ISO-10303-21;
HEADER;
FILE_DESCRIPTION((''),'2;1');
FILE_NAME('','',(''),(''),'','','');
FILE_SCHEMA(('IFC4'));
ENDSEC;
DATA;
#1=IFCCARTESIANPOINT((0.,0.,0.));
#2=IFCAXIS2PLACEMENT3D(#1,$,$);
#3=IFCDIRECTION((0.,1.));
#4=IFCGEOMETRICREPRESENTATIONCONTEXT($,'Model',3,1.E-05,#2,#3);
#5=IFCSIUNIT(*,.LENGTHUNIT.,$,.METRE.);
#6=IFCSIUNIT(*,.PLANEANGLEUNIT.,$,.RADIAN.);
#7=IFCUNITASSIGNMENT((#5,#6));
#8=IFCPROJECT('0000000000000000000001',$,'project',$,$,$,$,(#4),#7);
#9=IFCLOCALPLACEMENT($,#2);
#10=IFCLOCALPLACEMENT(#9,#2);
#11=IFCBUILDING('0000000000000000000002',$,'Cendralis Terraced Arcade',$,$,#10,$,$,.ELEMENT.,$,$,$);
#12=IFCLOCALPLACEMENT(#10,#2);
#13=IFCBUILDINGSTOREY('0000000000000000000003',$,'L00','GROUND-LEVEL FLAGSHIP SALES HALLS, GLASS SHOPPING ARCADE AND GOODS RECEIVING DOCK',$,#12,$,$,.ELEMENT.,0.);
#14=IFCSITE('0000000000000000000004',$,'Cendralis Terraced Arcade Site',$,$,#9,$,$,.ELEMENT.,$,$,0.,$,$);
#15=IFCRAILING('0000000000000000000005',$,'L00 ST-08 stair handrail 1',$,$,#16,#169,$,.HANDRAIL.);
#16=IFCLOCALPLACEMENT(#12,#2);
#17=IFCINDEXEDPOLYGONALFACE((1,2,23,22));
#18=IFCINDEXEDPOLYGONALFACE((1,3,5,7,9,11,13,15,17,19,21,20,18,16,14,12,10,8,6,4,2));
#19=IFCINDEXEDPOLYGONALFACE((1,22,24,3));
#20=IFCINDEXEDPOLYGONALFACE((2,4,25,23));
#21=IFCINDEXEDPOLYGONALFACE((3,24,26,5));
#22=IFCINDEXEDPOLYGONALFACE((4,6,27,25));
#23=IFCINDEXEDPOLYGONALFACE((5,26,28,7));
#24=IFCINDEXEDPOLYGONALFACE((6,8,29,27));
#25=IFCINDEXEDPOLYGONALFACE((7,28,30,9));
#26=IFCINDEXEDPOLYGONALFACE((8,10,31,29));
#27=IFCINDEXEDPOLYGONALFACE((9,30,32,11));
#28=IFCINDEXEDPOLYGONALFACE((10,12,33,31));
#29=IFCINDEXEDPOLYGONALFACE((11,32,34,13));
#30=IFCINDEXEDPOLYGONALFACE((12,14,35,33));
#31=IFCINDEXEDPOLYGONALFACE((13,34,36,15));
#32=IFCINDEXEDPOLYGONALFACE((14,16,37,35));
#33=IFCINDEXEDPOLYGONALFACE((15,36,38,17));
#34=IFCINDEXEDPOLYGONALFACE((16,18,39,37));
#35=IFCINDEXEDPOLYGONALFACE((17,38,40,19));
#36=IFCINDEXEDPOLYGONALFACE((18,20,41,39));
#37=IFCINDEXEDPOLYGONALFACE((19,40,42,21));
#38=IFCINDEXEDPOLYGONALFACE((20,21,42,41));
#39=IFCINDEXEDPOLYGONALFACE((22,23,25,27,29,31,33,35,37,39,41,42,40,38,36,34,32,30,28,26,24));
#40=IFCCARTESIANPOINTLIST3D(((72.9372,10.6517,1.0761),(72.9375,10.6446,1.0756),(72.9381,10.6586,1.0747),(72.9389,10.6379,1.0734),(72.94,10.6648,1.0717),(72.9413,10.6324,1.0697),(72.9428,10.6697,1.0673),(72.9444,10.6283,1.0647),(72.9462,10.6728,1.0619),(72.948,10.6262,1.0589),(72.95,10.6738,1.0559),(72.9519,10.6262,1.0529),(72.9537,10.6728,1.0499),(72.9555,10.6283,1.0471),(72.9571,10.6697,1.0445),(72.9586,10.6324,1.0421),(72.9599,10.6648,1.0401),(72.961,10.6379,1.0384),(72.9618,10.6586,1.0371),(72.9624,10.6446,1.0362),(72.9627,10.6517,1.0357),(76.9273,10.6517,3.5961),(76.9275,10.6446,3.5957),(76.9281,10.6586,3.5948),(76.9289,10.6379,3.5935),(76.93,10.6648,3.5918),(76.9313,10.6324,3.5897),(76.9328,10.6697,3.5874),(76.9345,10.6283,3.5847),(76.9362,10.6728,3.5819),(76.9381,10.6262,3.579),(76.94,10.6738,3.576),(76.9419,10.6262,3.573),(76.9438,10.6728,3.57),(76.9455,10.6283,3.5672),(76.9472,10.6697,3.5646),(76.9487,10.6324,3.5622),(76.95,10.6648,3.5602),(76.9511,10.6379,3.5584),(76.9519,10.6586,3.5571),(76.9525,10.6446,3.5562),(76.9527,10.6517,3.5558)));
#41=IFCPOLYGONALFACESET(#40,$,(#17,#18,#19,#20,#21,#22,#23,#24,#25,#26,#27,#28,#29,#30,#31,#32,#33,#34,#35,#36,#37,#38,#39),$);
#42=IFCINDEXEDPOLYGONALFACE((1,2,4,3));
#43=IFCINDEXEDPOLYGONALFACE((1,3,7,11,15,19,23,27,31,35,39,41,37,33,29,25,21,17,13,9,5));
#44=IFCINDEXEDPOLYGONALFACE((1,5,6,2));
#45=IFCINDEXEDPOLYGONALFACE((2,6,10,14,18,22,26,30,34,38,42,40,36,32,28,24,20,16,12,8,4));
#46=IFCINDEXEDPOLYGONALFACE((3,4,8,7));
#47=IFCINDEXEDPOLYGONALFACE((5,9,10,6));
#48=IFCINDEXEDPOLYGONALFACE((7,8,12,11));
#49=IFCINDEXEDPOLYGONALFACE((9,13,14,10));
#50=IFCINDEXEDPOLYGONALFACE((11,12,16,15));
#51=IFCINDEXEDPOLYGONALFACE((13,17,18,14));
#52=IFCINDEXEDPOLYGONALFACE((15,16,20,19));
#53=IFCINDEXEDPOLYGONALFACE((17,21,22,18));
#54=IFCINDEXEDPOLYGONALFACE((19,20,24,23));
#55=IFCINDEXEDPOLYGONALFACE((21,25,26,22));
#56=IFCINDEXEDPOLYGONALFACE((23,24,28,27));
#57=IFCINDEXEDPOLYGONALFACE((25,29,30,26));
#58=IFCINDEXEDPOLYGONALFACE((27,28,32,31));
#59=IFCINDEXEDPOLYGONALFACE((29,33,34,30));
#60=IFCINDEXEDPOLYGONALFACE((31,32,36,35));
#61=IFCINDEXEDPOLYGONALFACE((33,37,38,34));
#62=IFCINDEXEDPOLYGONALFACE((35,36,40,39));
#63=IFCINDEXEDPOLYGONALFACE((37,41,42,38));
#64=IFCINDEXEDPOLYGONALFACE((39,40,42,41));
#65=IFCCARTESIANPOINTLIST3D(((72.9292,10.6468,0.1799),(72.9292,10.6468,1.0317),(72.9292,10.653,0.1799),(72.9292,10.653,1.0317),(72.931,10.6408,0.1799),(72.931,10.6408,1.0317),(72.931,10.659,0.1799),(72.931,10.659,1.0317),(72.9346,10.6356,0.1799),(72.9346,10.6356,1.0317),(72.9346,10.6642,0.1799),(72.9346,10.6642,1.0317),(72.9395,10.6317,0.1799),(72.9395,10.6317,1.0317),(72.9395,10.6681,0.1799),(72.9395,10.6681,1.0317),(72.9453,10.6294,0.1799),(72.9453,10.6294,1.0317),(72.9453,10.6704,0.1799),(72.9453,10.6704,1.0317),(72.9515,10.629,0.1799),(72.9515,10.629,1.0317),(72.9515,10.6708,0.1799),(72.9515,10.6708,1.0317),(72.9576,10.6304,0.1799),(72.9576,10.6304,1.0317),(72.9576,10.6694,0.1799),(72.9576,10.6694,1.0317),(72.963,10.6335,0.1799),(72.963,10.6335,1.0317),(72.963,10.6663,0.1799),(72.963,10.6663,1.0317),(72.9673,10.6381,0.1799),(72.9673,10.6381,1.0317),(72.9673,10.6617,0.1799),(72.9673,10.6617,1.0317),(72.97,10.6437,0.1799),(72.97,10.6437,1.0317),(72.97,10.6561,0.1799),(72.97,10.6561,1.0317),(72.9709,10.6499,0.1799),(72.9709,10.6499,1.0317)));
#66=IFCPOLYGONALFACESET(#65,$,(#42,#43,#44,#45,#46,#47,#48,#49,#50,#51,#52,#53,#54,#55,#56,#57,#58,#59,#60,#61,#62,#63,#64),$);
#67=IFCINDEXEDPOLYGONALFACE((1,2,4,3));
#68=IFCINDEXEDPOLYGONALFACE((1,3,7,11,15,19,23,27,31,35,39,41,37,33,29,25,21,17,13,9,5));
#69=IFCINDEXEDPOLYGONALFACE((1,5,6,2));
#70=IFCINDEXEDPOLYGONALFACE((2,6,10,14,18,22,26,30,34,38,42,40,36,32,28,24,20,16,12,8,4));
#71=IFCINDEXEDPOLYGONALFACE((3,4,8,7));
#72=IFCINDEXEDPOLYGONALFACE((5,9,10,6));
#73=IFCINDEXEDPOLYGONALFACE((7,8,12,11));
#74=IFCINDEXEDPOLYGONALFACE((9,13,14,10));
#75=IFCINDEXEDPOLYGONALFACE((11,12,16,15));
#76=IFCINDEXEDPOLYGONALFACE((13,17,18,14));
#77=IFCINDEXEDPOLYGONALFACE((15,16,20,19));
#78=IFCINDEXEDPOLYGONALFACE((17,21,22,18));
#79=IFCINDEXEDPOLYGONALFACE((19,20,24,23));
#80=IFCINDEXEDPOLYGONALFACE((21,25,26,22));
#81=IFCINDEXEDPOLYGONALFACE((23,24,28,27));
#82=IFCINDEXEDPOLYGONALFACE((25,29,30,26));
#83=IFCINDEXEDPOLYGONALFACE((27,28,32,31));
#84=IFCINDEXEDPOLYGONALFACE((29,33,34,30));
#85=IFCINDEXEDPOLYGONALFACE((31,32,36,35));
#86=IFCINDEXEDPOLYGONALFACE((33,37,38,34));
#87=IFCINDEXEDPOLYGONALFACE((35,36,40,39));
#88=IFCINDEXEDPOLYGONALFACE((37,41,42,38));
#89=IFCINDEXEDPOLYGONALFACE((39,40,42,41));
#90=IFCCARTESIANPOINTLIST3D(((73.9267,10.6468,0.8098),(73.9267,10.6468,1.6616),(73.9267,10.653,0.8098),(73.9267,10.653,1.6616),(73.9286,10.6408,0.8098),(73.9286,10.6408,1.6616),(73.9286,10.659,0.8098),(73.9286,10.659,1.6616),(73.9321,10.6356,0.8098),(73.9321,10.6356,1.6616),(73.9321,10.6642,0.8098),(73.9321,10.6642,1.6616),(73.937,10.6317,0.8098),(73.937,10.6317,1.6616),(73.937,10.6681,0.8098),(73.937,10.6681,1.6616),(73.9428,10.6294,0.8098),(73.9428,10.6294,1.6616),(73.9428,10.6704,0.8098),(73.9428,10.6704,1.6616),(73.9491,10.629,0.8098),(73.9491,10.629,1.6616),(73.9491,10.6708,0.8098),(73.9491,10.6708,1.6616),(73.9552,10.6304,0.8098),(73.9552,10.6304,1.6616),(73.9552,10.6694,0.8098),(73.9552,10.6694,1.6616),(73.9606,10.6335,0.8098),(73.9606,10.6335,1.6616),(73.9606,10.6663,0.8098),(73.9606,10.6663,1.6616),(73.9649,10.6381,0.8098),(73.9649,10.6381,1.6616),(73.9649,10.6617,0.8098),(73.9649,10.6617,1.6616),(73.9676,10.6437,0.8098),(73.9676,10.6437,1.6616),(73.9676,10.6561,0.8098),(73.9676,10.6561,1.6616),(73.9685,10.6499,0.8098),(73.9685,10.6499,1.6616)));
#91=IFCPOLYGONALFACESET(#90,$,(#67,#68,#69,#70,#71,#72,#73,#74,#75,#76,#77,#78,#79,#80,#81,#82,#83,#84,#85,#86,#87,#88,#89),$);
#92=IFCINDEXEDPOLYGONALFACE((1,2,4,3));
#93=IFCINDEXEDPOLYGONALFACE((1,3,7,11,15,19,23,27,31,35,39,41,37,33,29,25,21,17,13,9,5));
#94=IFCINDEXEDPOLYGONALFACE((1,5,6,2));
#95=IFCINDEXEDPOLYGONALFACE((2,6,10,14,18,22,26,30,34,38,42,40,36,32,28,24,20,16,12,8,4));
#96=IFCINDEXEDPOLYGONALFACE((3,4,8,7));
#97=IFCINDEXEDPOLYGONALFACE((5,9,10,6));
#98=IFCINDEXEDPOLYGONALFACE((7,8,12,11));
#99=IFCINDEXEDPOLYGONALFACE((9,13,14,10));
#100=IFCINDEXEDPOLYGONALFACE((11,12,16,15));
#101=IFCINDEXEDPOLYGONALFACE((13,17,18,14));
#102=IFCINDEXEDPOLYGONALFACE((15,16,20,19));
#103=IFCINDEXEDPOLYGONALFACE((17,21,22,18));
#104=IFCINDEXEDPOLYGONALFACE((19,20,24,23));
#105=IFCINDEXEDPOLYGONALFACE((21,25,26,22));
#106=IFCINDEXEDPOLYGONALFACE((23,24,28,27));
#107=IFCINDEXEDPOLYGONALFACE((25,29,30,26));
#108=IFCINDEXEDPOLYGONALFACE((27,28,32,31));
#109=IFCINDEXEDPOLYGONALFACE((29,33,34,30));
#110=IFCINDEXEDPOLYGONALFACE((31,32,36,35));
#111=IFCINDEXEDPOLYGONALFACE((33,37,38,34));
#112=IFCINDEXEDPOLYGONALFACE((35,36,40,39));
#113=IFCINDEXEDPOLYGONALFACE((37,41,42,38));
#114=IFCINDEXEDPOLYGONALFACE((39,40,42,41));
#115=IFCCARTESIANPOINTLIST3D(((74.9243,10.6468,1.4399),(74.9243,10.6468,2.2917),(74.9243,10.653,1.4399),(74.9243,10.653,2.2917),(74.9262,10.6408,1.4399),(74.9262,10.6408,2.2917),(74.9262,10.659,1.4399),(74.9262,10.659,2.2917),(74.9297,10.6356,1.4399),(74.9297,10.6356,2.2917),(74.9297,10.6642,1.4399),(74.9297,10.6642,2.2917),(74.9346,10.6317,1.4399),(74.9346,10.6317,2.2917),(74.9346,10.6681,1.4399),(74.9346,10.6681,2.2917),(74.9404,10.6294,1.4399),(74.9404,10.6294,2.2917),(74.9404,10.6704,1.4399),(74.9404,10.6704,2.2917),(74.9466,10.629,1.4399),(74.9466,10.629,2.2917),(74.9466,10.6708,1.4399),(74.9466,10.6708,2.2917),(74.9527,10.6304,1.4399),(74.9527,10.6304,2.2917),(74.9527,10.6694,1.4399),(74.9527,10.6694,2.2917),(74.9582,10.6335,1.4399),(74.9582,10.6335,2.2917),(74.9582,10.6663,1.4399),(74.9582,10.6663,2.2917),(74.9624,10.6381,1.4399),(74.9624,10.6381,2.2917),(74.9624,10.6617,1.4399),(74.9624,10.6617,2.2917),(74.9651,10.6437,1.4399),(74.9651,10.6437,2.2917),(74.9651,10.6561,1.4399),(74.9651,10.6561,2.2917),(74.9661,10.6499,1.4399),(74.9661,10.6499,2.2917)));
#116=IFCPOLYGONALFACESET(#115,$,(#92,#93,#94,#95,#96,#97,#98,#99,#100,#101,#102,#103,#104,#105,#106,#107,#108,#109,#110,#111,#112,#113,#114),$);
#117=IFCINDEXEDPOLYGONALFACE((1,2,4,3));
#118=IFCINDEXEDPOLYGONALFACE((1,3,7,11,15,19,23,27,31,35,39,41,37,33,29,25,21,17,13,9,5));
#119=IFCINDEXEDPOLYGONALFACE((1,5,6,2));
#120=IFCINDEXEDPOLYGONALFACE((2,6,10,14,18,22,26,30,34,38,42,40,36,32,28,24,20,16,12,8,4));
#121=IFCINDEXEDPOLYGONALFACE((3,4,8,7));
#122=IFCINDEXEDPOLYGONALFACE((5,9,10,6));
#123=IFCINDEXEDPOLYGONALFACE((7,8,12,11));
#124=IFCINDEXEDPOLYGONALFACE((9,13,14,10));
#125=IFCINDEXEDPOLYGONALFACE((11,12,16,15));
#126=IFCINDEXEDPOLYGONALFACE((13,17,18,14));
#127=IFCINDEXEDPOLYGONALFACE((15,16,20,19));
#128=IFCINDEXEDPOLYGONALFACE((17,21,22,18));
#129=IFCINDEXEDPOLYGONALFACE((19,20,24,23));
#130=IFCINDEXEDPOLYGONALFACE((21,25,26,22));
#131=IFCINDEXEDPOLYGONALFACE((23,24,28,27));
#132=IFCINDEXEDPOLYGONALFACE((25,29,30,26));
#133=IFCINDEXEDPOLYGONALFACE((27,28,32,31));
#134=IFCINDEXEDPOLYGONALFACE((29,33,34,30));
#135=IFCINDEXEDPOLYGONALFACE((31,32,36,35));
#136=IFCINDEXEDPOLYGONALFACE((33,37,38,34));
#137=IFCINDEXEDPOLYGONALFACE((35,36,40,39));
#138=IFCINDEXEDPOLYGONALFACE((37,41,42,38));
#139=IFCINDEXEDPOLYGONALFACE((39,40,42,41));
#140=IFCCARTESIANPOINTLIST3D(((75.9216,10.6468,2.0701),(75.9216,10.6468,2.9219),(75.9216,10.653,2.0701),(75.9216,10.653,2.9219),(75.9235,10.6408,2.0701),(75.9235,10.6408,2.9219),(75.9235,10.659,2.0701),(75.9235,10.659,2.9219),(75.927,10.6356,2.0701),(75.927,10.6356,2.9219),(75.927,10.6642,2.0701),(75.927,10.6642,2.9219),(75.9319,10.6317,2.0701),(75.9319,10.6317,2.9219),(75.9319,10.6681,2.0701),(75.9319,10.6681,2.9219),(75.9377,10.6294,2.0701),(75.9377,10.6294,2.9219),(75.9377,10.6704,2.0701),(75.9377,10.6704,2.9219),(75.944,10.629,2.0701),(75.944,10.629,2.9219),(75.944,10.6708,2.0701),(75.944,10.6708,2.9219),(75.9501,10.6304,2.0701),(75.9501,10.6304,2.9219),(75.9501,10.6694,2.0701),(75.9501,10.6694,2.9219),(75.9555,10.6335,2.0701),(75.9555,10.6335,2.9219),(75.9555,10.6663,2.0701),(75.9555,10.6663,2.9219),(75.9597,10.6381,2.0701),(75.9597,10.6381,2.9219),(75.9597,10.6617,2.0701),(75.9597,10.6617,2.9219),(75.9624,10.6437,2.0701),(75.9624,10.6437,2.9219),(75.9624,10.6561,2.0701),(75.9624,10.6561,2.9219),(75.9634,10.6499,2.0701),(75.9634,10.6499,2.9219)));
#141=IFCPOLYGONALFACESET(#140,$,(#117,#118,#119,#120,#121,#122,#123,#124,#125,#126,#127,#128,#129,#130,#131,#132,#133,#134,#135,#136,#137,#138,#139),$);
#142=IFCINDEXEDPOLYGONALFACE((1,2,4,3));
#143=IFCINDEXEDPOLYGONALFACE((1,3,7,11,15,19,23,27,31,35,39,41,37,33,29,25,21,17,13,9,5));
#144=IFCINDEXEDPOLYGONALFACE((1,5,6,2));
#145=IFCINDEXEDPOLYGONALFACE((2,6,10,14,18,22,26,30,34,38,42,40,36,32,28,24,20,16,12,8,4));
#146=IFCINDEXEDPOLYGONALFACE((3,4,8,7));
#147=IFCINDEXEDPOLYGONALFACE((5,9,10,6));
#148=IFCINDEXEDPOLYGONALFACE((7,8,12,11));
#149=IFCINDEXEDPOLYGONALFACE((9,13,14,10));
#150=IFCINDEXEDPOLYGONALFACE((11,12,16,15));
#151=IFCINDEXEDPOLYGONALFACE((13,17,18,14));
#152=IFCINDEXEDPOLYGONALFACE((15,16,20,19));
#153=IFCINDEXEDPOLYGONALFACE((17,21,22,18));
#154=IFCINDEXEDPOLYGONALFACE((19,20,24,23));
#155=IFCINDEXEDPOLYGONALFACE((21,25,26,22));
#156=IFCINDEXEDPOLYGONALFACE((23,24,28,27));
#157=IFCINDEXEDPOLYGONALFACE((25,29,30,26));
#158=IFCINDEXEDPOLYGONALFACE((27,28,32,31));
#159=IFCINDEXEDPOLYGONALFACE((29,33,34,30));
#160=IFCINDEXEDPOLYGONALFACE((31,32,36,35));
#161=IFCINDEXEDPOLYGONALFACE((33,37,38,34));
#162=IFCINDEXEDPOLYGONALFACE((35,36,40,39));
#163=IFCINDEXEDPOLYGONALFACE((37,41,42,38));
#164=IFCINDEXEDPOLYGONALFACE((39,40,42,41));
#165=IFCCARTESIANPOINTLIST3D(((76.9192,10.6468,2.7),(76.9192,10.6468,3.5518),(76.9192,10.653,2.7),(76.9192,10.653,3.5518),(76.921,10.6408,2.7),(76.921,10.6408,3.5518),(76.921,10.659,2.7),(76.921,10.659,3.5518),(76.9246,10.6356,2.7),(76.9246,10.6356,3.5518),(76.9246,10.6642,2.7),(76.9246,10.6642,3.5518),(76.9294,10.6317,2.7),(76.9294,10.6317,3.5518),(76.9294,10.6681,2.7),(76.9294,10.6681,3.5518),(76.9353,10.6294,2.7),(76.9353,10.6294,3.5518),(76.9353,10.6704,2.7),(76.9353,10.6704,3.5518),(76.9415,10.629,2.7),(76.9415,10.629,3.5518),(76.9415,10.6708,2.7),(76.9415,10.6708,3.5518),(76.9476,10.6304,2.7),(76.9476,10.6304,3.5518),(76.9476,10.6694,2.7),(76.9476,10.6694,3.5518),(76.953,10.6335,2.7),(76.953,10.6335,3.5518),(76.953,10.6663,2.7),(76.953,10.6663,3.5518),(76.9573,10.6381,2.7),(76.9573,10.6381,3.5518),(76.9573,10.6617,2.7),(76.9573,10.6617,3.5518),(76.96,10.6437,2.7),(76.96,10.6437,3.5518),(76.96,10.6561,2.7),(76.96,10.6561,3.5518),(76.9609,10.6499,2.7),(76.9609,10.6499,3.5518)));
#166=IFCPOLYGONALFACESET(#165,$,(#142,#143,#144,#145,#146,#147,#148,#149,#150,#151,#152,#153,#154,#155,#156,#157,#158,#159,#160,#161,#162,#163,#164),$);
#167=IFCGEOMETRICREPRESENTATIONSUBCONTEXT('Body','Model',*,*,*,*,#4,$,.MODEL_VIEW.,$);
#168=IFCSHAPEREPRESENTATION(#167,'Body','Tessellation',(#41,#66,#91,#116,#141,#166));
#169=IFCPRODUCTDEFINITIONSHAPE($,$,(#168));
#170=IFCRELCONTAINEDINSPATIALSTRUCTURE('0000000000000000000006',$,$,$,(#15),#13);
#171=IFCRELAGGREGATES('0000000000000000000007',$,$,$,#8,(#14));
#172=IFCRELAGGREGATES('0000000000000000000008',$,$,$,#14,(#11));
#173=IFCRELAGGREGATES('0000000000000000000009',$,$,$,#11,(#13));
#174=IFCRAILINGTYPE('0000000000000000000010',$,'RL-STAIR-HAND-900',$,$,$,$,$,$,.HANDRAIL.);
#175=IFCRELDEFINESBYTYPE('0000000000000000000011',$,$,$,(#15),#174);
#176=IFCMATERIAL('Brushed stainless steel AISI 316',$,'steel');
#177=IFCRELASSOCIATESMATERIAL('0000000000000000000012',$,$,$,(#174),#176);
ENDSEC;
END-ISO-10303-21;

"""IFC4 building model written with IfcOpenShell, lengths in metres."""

from ifc_helpers import new_model, si_unit, direction, frame, origin, origin_2d, place, context, subcontext, project, spatial, circle, extrude, material, type_object, element, save


model = new_model("IFC4")

# Units and contexts
model_context = context("Model", 3, precision=1e-05, world=origin(), true_north=direction((0.0, 1.0)))
body_context = subcontext(model_context, "Body", "Model", "MODEL_VIEW")
ifc_project = project(units=[si_unit("LENGTHUNIT", "METRE"), si_unit("PLANEANGLEUNIT", "RADIAN")], contexts=[model_context])

# Site, building, storey
site_placement = place(None, origin())
site = spatial("IfcSite", under=ifc_project, at=site_placement, Name="Cendralis Terraced Arcade Site", CompositionType="ELEMENT", RefElevation=0.0)
building_placement = place(site_placement, origin())
building = spatial("IfcBuilding", under=site, at=building_placement, Name="Cendralis Terraced Arcade", CompositionType="ELEMENT")
storey_placement = place(building_placement, origin())
storey = spatial("IfcBuildingStorey", under=building, at=storey_placement, Name="L00", Description="GROUND-LEVEL FLAGSHIP SALES HALLS, GLASS SHOPPING ARCADE AND GOODS RECEIVING DOCK", CompositionType="ELEMENT", Elevation=0.0)

# Railing
ifc_material_1 = material(Name="Brushed stainless steel AISI 316", Category="steel")
railing_type = type_object("IfcRailingType", Name="RL-STAIR-HAND-900", PredefinedType="HANDRAIL", material=ifc_material_1)
railing_placement = place(storey_placement, frame((72.95, 10.6499, 0.1799)))
element("IfcRailing", 1, at=railing_placement, inside=storey, type_object=railing_type, Name="L00 ST-08 stair handrail 1", PredefinedType="HANDRAIL", context=body_context, shape_type="SweptSolid", body=[
    extrude(circle(Radius=0.0239, at=origin_2d()), frame((0.0, 0.0, 0.876), z_axis=(0.845486, 0.0, 0.533997), x_axis=(0.0, 1.0, 0.0)), (0.0, 0.0, 1.0), 4.7192),
    extrude(circle(Radius=0.021, at=origin_2d()), origin(), (0.0, 0.0, 1.0), 0.8518),
    extrude(circle(Radius=0.021, at=origin_2d()), frame((0.9976, 0.0, 0.6299)), (0.0, 0.0, 1.0), 0.8518),
    extrude(circle(Radius=0.021, at=origin_2d()), frame((1.9951, 0.0, 1.26)), (0.0, 0.0, 1.0), 0.8518),
    extrude(circle(Radius=0.021, at=origin_2d()), frame((2.9924, 0.0, 1.8901)), (0.0, 0.0, 1.0), 0.8518),
    extrude(circle(Radius=0.021, at=origin_2d()), frame((3.99, 0.0, 2.52)), (0.0, 0.0, 1.0), 0.8518),
])

save(model, "model.ifc")
